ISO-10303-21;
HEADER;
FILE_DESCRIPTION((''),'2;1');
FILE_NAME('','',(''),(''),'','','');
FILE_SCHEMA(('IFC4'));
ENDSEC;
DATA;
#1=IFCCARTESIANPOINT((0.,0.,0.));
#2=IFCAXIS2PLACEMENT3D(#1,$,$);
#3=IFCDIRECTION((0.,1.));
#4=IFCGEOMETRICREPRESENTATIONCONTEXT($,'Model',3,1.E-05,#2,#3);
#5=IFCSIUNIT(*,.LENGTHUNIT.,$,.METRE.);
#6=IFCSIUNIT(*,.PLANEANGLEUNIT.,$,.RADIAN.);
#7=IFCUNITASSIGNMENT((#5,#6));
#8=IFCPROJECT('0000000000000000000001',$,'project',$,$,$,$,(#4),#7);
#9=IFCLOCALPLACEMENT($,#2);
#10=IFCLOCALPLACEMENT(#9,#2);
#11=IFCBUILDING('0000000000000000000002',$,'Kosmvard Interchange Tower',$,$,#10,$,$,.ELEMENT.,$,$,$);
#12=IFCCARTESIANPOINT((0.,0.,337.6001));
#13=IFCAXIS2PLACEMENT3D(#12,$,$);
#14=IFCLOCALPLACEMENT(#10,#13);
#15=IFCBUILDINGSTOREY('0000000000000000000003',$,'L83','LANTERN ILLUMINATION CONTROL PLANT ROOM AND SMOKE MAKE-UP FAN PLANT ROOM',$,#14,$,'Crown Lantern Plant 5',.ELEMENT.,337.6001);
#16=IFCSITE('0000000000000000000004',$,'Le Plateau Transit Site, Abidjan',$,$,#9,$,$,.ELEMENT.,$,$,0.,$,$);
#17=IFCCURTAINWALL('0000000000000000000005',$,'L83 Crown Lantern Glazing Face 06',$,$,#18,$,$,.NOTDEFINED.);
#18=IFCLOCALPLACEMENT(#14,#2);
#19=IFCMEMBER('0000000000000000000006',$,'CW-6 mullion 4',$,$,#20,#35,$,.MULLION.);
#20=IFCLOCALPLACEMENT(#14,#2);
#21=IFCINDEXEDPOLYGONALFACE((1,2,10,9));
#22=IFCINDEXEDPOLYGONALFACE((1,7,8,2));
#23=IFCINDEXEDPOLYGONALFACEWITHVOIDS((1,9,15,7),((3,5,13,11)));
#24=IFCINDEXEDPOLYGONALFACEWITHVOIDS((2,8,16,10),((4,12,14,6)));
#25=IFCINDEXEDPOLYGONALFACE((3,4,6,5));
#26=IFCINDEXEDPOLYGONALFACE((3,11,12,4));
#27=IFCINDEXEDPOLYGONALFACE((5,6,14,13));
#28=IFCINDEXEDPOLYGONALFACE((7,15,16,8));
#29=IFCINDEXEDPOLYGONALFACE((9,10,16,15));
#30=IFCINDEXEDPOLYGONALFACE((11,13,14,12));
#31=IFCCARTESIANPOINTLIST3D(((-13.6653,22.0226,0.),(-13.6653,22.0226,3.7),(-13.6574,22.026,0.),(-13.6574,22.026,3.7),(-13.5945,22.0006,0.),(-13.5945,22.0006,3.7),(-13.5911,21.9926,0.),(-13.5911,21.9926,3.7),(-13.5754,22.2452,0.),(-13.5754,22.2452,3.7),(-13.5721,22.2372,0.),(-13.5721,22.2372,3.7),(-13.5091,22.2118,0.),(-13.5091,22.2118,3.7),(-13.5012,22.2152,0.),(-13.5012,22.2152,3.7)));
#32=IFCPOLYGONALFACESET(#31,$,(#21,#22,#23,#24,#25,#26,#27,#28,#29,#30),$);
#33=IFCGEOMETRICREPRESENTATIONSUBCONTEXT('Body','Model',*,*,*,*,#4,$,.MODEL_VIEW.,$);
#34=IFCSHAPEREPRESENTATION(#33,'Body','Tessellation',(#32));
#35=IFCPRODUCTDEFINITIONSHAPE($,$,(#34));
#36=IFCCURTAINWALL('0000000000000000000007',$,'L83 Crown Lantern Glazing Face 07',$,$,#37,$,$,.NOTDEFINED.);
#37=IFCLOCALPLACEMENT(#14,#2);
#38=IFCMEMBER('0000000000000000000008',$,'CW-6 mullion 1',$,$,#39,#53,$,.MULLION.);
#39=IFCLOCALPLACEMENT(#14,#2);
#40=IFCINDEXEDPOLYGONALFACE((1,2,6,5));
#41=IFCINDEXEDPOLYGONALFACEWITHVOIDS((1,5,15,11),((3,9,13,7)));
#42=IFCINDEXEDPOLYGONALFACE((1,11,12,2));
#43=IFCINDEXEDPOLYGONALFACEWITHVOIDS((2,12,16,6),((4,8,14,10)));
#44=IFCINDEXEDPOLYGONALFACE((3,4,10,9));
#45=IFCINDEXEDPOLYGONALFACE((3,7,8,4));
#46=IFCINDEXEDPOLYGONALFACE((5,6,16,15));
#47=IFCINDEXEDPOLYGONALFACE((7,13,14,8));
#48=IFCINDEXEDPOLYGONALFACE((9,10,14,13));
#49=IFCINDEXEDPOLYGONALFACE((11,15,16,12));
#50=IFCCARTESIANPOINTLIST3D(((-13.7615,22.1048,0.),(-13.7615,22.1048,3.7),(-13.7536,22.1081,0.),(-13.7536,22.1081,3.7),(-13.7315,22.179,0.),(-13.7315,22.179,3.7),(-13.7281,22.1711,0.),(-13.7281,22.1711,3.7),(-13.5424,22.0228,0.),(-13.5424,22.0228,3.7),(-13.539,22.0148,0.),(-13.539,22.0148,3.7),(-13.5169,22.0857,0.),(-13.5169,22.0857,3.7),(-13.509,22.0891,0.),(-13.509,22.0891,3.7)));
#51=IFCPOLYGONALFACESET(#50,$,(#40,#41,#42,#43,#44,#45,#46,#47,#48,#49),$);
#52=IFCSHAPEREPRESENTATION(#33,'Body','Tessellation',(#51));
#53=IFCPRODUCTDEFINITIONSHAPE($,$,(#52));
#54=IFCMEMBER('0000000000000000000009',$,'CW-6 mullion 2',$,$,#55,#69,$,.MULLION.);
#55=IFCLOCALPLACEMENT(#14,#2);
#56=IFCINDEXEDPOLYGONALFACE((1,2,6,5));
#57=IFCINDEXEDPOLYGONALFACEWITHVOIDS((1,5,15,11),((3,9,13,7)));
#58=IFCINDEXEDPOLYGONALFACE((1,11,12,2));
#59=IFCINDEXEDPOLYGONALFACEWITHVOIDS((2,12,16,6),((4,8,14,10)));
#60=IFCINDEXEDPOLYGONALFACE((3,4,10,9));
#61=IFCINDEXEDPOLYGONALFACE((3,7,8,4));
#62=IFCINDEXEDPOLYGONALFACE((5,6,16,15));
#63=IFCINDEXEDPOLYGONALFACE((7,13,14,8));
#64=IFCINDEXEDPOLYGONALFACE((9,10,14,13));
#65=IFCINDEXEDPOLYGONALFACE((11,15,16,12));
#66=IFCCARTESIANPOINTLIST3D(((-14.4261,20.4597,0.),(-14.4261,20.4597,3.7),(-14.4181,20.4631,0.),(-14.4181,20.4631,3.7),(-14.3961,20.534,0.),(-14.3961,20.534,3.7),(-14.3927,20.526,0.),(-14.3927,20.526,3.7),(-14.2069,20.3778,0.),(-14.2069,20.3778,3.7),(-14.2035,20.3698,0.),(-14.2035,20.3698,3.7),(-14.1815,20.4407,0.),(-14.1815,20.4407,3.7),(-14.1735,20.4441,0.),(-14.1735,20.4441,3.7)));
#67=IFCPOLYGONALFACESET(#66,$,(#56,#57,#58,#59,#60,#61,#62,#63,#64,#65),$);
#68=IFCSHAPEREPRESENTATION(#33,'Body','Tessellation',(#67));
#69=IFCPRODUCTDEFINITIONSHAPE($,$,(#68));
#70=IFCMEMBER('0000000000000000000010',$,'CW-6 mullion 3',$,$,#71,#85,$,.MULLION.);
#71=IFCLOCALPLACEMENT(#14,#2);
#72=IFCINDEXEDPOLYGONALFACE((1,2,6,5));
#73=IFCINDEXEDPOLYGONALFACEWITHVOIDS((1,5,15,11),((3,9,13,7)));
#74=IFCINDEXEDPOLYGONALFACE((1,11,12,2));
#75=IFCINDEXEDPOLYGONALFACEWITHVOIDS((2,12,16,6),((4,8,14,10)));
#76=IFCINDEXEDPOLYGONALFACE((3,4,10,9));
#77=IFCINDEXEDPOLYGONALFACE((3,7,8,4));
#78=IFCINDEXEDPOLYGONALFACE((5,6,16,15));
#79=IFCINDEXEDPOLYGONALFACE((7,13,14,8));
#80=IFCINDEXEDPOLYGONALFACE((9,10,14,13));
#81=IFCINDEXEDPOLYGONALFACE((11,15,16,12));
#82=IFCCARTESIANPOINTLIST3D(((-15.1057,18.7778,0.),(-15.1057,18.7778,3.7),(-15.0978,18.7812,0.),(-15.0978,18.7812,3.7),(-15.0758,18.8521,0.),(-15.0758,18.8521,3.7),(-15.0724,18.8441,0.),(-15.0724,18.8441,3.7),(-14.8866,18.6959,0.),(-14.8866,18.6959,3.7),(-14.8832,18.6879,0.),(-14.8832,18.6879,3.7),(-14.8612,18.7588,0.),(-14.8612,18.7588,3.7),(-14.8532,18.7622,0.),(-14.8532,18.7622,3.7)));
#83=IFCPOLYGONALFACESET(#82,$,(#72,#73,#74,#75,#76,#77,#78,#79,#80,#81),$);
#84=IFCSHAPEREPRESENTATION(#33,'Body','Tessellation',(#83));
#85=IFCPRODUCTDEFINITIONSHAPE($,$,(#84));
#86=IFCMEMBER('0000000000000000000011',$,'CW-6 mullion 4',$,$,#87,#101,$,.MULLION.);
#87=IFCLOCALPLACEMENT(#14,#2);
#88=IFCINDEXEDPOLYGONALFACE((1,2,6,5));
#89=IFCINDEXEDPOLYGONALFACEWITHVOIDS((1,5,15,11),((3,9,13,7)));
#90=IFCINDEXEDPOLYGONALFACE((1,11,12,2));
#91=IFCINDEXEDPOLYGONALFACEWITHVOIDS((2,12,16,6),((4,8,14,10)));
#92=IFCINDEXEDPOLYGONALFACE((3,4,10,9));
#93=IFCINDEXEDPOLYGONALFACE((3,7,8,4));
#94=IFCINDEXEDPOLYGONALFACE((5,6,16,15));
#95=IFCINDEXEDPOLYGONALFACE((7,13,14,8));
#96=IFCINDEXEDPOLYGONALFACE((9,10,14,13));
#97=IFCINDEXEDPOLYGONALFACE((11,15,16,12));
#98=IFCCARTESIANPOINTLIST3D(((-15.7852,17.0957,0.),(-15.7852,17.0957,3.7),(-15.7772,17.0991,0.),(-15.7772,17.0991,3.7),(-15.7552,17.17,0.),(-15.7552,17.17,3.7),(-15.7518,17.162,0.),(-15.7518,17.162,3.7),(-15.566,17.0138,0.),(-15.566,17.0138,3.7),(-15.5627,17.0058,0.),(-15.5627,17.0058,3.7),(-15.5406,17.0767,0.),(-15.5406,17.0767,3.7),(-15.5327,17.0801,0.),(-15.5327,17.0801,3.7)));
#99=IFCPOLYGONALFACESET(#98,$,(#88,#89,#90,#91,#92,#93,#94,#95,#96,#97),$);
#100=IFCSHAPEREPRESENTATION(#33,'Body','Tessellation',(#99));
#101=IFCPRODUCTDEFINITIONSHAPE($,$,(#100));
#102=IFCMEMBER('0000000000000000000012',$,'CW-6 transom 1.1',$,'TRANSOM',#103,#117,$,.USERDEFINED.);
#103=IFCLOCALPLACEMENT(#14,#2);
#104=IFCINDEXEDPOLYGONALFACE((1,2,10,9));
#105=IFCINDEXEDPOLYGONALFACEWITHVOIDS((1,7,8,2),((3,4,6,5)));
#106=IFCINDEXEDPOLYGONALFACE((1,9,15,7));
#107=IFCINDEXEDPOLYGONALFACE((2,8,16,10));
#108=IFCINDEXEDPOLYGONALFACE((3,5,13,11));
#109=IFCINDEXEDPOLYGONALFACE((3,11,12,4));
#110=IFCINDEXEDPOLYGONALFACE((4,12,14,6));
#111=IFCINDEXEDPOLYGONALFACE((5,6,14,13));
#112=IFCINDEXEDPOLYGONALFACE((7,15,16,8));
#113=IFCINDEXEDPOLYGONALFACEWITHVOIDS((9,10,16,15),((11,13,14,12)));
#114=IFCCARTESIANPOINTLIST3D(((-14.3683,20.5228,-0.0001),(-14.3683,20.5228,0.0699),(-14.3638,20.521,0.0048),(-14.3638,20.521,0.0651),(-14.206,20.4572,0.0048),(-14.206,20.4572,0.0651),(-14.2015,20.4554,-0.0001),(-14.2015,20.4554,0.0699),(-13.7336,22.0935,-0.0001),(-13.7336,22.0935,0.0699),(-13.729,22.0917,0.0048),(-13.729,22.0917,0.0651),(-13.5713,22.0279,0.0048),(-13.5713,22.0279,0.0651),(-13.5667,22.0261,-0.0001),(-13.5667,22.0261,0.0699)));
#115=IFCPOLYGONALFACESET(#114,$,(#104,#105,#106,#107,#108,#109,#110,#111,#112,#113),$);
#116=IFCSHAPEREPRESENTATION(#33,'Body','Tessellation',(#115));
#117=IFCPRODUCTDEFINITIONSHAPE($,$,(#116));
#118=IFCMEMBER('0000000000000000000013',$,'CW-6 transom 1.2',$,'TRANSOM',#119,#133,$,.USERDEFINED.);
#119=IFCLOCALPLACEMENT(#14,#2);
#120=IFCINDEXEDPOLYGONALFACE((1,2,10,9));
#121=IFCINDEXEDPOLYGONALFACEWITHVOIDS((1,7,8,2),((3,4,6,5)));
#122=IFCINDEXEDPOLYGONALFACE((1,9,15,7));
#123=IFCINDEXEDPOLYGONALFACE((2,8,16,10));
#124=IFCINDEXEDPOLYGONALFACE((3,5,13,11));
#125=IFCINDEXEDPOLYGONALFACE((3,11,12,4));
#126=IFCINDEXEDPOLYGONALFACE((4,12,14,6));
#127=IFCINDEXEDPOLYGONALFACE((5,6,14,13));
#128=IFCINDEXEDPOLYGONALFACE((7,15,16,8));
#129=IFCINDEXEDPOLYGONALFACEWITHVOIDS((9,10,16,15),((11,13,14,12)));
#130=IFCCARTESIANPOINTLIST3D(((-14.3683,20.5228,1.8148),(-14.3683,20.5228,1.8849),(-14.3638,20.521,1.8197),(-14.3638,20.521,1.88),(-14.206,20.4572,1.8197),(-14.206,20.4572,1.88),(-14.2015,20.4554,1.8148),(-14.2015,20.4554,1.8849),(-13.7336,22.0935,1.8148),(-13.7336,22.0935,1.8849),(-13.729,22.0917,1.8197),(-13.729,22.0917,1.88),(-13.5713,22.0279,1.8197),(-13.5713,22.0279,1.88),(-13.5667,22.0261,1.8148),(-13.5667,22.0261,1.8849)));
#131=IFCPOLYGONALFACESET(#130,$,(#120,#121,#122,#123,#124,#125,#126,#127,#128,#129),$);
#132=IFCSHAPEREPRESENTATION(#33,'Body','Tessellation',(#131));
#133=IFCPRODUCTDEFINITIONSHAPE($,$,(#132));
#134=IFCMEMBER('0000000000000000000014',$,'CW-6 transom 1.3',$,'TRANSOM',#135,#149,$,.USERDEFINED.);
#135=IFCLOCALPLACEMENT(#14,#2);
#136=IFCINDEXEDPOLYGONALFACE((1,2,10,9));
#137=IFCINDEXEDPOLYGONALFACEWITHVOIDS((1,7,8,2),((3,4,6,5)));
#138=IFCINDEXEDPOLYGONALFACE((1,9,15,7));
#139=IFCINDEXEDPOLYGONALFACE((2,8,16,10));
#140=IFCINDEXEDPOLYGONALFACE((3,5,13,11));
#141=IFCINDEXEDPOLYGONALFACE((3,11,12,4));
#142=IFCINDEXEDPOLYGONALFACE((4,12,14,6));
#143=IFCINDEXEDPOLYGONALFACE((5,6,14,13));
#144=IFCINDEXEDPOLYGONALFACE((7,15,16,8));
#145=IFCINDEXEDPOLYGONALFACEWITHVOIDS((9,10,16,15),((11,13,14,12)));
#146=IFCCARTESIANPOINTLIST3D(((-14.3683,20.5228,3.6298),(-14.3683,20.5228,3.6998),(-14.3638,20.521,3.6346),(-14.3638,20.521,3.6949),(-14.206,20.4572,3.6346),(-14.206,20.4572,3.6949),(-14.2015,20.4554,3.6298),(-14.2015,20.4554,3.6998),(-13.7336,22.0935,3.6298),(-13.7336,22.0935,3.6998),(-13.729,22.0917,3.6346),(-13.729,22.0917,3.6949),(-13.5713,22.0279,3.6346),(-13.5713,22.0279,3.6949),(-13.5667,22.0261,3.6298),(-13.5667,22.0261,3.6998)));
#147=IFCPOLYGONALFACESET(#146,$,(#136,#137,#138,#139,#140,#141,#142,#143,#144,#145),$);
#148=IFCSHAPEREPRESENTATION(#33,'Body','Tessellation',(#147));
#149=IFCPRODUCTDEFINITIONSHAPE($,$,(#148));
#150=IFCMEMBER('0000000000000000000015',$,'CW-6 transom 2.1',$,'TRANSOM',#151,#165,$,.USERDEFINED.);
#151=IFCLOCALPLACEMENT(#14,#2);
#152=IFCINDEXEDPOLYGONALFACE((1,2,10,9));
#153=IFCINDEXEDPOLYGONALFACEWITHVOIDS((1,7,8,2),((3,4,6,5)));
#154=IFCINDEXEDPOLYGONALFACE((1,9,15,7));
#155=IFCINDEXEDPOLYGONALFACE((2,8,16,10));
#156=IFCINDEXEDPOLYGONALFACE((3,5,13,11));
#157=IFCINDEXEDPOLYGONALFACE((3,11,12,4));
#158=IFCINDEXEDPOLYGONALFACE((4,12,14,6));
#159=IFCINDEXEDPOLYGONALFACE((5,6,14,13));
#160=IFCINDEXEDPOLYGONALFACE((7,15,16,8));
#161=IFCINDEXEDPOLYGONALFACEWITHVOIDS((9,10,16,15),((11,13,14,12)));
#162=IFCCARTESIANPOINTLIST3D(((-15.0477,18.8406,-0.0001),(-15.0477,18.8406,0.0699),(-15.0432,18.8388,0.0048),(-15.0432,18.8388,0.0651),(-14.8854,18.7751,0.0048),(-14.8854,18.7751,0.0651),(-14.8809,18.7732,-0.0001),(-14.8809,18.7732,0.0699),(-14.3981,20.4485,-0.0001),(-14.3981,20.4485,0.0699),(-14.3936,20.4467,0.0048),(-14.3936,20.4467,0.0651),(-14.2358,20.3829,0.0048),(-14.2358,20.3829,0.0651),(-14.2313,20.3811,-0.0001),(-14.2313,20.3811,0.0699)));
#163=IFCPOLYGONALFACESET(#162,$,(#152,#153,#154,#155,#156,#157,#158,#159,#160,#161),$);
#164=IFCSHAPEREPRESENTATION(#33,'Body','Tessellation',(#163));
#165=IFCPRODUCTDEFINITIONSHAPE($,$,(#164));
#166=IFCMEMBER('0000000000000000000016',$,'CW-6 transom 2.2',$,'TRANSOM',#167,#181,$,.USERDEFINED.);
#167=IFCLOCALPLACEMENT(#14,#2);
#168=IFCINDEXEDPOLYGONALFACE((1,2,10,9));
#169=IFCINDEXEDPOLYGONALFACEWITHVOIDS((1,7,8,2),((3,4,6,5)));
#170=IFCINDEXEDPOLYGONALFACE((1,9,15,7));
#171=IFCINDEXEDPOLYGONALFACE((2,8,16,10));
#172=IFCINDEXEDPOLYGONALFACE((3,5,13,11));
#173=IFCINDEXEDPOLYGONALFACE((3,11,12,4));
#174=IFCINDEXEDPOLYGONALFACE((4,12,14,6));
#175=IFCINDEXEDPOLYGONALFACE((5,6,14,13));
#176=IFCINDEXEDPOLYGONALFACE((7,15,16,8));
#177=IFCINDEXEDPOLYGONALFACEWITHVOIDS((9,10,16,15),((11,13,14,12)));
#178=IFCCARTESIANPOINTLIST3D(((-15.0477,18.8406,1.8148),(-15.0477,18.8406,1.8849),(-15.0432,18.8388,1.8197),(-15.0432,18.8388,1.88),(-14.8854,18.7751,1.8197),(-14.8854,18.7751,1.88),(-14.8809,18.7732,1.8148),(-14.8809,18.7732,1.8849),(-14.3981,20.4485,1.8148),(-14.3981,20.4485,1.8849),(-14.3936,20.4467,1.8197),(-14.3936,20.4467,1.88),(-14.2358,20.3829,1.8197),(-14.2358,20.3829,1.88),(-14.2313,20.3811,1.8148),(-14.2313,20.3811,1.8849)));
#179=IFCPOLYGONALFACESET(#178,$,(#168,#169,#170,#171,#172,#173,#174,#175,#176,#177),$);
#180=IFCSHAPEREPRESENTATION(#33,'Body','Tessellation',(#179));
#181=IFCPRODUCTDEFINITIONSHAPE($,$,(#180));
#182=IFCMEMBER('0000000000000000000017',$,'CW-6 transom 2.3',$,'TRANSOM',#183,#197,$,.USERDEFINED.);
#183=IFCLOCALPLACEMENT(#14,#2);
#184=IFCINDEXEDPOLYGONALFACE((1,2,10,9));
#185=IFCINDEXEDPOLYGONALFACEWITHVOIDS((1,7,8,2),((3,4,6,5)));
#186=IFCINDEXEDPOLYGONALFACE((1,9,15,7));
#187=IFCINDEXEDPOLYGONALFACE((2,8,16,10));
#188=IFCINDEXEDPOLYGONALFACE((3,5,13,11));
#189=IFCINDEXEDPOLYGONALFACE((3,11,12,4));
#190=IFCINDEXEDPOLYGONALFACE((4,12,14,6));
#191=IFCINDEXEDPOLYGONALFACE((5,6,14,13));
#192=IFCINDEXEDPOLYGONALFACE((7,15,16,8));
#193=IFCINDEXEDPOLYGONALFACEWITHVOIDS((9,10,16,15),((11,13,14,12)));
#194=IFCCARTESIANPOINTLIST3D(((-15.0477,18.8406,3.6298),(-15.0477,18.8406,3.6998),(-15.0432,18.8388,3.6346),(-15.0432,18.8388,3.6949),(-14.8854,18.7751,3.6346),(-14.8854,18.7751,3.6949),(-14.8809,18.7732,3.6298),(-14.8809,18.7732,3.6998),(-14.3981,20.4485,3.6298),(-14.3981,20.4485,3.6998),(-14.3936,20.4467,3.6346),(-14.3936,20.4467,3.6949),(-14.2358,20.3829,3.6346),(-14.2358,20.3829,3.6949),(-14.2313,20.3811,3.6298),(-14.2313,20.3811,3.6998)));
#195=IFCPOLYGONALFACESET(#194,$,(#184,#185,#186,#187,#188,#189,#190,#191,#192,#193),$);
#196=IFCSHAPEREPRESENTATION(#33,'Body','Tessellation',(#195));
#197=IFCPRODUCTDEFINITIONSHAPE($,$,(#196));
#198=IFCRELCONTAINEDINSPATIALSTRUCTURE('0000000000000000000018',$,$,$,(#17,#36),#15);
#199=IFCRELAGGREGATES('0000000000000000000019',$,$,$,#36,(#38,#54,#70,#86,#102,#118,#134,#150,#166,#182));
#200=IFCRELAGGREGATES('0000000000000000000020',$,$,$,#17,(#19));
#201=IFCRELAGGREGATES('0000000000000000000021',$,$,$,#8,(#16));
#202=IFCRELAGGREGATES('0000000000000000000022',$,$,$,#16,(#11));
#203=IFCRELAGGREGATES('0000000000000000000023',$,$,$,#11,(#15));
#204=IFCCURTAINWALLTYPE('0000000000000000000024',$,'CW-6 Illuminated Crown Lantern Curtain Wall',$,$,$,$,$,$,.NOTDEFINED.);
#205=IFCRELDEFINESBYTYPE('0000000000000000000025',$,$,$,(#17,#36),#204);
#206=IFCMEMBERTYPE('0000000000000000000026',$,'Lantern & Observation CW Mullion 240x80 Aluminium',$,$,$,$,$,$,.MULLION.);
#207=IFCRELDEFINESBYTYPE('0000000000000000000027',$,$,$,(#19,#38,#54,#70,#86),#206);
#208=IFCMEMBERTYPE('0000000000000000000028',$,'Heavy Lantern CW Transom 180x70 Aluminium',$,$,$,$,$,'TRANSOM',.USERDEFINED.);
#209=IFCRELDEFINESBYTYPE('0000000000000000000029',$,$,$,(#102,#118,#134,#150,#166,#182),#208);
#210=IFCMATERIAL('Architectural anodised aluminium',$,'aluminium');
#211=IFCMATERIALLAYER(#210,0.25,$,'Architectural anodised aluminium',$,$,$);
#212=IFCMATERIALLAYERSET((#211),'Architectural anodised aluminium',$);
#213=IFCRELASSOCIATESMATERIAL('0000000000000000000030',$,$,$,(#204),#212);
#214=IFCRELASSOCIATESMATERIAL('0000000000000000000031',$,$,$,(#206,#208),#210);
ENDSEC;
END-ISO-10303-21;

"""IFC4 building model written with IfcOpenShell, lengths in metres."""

from ifc_helpers import new_model, si_unit, direction, frame, origin, origin_2d, place, context, subcontext, project, spatial, hollow_rectangle, extrude, source, transform, mapped, material, layer, layer_set, material_profile, profile_set, type_object, element, aggregate, save


model = new_model("IFC4")

# Units and contexts
model_context = context("Model", 3, precision=1e-05, world=origin(), true_north=direction((0.0, 1.0)))
body_context = subcontext(model_context, "Body", "Model", "MODEL_VIEW")
ifc_project = project(units=[si_unit("LENGTHUNIT", "METRE"), si_unit("PLANEANGLEUNIT", "RADIAN")], contexts=[model_context])

# Site, building, storey
site_placement = place(None, origin())
site = spatial("IfcSite", under=ifc_project, at=site_placement, Name="Le Plateau Transit Site, Abidjan", CompositionType="ELEMENT", RefElevation=0.0)
building_placement = place(site_placement, origin())
building = spatial("IfcBuilding", under=site, at=building_placement, Name="Kosmvard Interchange Tower", CompositionType="ELEMENT")
storey_placement = place(building_placement, frame((0.0, 0.0, 337.6001)))
storey = spatial("IfcBuildingStorey", under=building, at=storey_placement, Name="L83", Description="LANTERN ILLUMINATION CONTROL PLANT ROOM AND SMOKE MAKE-UP FAN PLANT ROOM", LongName="Crown Lantern Plant 5", CompositionType="ELEMENT", Elevation=337.6001)

# Curtain wall, member
ifc_material_1 = material(Name="Architectural anodised aluminium", Category="aluminium")
ifc_layer_1 = layer(ifc_material_1, 0.25, Name="Architectural anodised aluminium")
ifc_layer_set_1 = layer_set([ifc_layer_1], Name="Architectural anodised aluminium")
curtain_wall_type = type_object("IfcCurtainWallType", Name="CW-6 Illuminated Crown Lantern Curtain Wall", PredefinedType="NOTDEFINED", material=ifc_layer_set_1)
curtain_wall_1_placement = place(storey_placement, origin())
curtain_wall_1 = element("IfcCurtainWall", 1, at=curtain_wall_1_placement, inside=storey, type_object=curtain_wall_type, Name="L83 Crown Lantern Glazing Face 06", PredefinedType="NOTDEFINED")
ifc_material_profile_1 = material_profile(ifc_material_1, hollow_rectangle(XDim=0.24, YDim=0.0801, WallThickness=0.0061, at=origin_2d()), Name="CWM 240x80x6")
ifc_profile_set_1 = profile_set([ifc_material_profile_1], Name="Architectural anodised aluminium")
member_type_1 = type_object("IfcMemberType", Name="Lantern & Observation CW Mullion 240x80 Aluminium", PredefinedType="MULLION", material=ifc_profile_set_1)
shared_shape_1 = source(origin(), body_context, "Body", "SweptSolid", [
    extrude(hollow_rectangle(XDim=0.24, YDim=0.0801, WallThickness=0.0061, at=origin_2d()), origin(), (0.0, 0.0, 1.0), 3.7),
])
member_1_placement = place(storey_placement, frame((-13.5833, 22.1189, 0.0), z_axis=(0.0, 0.0, 1.0), x_axis=(-0.374607, -0.927184, 0.0)))
member_1 = element("IfcMember", 2, at=member_1_placement, type_object=member_type_1, Name="CW-6 mullion 4", PredefinedType="MULLION", context=body_context, shape_type="MappedRepresentation", body=[
    mapped(shared_shape_1, transform((0.0, 0.0, 0.0), scale=1.0)),
])

# Curtain wall, members
curtain_wall_2_placement = place(storey_placement, origin())
curtain_wall_2 = element("IfcCurtainWall", 3, at=curtain_wall_2_placement, inside=storey, type_object=curtain_wall_type, Name="L83 Crown Lantern Glazing Face 07", PredefinedType="NOTDEFINED")
member_2_placement = place(storey_placement, frame((-13.6353, 22.0969, 0.0), z_axis=(0.0, 0.0, 1.0), x_axis=(0.927184, -0.374607, 0.0)))
member_2 = element("IfcMember", 4, at=member_2_placement, type_object=member_type_1, Name="CW-6 mullion 1", PredefinedType="MULLION", context=body_context, shape_type="MappedRepresentation", body=[
    mapped(shared_shape_1, transform((0.0, 0.0, 0.0), scale=1.0)),
])
member_3_placement = place(storey_placement, frame((-14.2998, 20.4519, 0.0), z_axis=(0.0, 0.0, 1.0), x_axis=(0.927184, -0.374607, 0.0)))
member_3 = element("IfcMember", 5, at=member_3_placement, type_object=member_type_1, Name="CW-6 mullion 2", PredefinedType="MULLION", context=body_context, shape_type="MappedRepresentation", body=[
    mapped(shared_shape_1, transform((0.0, 0.0, 0.0), scale=1.0)),
])
member_4_placement = place(storey_placement, frame((-14.9795, 18.77, 0.0), z_axis=(0.0, 0.0, 1.0), x_axis=(0.927184, -0.374607, 0.0)))
member_4 = element("IfcMember", 6, at=member_4_placement, type_object=member_type_1, Name="CW-6 mullion 3", PredefinedType="MULLION", context=body_context, shape_type="MappedRepresentation", body=[
    mapped(shared_shape_1, transform((0.0, 0.0, 0.0), scale=1.0)),
])
member_5_placement = place(storey_placement, frame((-15.6589, 17.0879, 0.0), z_axis=(0.0, 0.0, 1.0), x_axis=(0.927184, -0.374607, 0.0)))
member_5 = element("IfcMember", 7, at=member_5_placement, type_object=member_type_1, Name="CW-6 mullion 4", PredefinedType="MULLION", context=body_context, shape_type="MappedRepresentation", body=[
    mapped(shared_shape_1, transform((0.0, 0.0, 0.0), scale=1.0)),
])
ifc_material_profile_2 = material_profile(ifc_material_1, hollow_rectangle(XDim=0.1799, YDim=0.0701, WallThickness=0.0049, at=origin_2d()), Name="CWT 180x70x5")
ifc_profile_set_2 = profile_set([ifc_material_profile_2], Name="Architectural anodised aluminium")
member_type_2 = type_object("IfcMemberType", Name="Heavy Lantern CW Transom 180x70 Aluminium", ElementType="TRANSOM", PredefinedType="USERDEFINED", material=ifc_profile_set_2)
shared_shape_2 = source(origin(), body_context, "Body", "SweptSolid", [
    extrude(hollow_rectangle(XDim=0.1799, YDim=0.0701, WallThickness=0.0049, at=origin_2d()), origin(), (0.0, 0.0, 1.0), 1.6941),
])
member_6_placement = place(storey_placement, frame((-13.6501, 22.0598, 0.0349), z_axis=(-0.374668, -0.927159, 0.0), x_axis=(0.927159, -0.374668, 0.0)))
member_6 = element("IfcMember", 8, at=member_6_placement, type_object=member_type_2, Name="CW-6 transom 1.1", ObjectType="TRANSOM", PredefinedType="USERDEFINED", context=body_context, shape_type="MappedRepresentation", body=[
    mapped(shared_shape_2, transform((0.0, 0.0, 0.0), scale=1.0)),
])
member_7_placement = place(storey_placement, frame((-13.6501, 22.0598, 1.8499), z_axis=(-0.374668, -0.927159, 0.0), x_axis=(0.927159, -0.374668, 0.0)))
member_7 = element("IfcMember", 9, at=member_7_placement, type_object=member_type_2, Name="CW-6 transom 1.2", ObjectType="TRANSOM", PredefinedType="USERDEFINED", context=body_context, shape_type="MappedRepresentation", body=[
    mapped(shared_shape_2, transform((0.0, 0.0, 0.0), scale=1.0)),
])
member_8_placement = place(storey_placement, frame((-13.6501, 22.0598, 3.6648), z_axis=(-0.374668, -0.927159, 0.0), x_axis=(0.927159, -0.374668, 0.0)))
member_8 = element("IfcMember", 10, at=member_8_placement, type_object=member_type_2, Name="CW-6 transom 1.3", ObjectType="TRANSOM", PredefinedType="USERDEFINED", context=body_context, shape_type="MappedRepresentation", body=[
    mapped(shared_shape_2, transform((0.0, 0.0, 0.0), scale=1.0)),
])
shared_shape_3 = source(origin(), body_context, "Body", "SweptSolid", [
    extrude(hollow_rectangle(XDim=0.1799, YDim=0.0701, WallThickness=0.0049, at=origin_2d()), origin(), (0.0, 0.0, 1.0), 1.7341),
])
member_9_placement = place(storey_placement, frame((-14.3147, 20.4148, 0.0349), z_axis=(-0.374617, -0.92718, 0.0), x_axis=(0.92718, -0.374617, 0.0)))
member_9 = element("IfcMember", 11, at=member_9_placement, type_object=member_type_2, Name="CW-6 transom 2.1", ObjectType="TRANSOM", PredefinedType="USERDEFINED", context=body_context, shape_type="MappedRepresentation", body=[
    mapped(shared_shape_3, transform((0.0, 0.0, 0.0), scale=1.0)),
])
member_10_placement = place(storey_placement, frame((-14.3147, 20.4148, 1.8499), z_axis=(-0.374617, -0.92718, 0.0), x_axis=(0.92718, -0.374617, 0.0)))
member_10 = element("IfcMember", 12, at=member_10_placement, type_object=member_type_2, Name="CW-6 transom 2.2", ObjectType="TRANSOM", PredefinedType="USERDEFINED", context=body_context, shape_type="MappedRepresentation", body=[
    mapped(shared_shape_3, transform((0.0, 0.0, 0.0), scale=1.0)),
])
member_11_placement = place(storey_placement, frame((-14.3147, 20.4148, 3.6648), z_axis=(-0.374617, -0.92718, 0.0), x_axis=(0.92718, -0.374617, 0.0)))
member_11 = element("IfcMember", 13, at=member_11_placement, type_object=member_type_2, Name="CW-6 transom 2.3", ObjectType="TRANSOM", PredefinedType="USERDEFINED", context=body_context, shape_type="MappedRepresentation", body=[
    mapped(shared_shape_3, transform((0.0, 0.0, 0.0), scale=1.0)),
])
aggregate(curtain_wall_2, [member_2, member_3, member_4, member_5, member_6, member_7, member_8, member_9, member_10, member_11])

aggregate(curtain_wall_1, [member_1])

save(model, "model.ifc")
